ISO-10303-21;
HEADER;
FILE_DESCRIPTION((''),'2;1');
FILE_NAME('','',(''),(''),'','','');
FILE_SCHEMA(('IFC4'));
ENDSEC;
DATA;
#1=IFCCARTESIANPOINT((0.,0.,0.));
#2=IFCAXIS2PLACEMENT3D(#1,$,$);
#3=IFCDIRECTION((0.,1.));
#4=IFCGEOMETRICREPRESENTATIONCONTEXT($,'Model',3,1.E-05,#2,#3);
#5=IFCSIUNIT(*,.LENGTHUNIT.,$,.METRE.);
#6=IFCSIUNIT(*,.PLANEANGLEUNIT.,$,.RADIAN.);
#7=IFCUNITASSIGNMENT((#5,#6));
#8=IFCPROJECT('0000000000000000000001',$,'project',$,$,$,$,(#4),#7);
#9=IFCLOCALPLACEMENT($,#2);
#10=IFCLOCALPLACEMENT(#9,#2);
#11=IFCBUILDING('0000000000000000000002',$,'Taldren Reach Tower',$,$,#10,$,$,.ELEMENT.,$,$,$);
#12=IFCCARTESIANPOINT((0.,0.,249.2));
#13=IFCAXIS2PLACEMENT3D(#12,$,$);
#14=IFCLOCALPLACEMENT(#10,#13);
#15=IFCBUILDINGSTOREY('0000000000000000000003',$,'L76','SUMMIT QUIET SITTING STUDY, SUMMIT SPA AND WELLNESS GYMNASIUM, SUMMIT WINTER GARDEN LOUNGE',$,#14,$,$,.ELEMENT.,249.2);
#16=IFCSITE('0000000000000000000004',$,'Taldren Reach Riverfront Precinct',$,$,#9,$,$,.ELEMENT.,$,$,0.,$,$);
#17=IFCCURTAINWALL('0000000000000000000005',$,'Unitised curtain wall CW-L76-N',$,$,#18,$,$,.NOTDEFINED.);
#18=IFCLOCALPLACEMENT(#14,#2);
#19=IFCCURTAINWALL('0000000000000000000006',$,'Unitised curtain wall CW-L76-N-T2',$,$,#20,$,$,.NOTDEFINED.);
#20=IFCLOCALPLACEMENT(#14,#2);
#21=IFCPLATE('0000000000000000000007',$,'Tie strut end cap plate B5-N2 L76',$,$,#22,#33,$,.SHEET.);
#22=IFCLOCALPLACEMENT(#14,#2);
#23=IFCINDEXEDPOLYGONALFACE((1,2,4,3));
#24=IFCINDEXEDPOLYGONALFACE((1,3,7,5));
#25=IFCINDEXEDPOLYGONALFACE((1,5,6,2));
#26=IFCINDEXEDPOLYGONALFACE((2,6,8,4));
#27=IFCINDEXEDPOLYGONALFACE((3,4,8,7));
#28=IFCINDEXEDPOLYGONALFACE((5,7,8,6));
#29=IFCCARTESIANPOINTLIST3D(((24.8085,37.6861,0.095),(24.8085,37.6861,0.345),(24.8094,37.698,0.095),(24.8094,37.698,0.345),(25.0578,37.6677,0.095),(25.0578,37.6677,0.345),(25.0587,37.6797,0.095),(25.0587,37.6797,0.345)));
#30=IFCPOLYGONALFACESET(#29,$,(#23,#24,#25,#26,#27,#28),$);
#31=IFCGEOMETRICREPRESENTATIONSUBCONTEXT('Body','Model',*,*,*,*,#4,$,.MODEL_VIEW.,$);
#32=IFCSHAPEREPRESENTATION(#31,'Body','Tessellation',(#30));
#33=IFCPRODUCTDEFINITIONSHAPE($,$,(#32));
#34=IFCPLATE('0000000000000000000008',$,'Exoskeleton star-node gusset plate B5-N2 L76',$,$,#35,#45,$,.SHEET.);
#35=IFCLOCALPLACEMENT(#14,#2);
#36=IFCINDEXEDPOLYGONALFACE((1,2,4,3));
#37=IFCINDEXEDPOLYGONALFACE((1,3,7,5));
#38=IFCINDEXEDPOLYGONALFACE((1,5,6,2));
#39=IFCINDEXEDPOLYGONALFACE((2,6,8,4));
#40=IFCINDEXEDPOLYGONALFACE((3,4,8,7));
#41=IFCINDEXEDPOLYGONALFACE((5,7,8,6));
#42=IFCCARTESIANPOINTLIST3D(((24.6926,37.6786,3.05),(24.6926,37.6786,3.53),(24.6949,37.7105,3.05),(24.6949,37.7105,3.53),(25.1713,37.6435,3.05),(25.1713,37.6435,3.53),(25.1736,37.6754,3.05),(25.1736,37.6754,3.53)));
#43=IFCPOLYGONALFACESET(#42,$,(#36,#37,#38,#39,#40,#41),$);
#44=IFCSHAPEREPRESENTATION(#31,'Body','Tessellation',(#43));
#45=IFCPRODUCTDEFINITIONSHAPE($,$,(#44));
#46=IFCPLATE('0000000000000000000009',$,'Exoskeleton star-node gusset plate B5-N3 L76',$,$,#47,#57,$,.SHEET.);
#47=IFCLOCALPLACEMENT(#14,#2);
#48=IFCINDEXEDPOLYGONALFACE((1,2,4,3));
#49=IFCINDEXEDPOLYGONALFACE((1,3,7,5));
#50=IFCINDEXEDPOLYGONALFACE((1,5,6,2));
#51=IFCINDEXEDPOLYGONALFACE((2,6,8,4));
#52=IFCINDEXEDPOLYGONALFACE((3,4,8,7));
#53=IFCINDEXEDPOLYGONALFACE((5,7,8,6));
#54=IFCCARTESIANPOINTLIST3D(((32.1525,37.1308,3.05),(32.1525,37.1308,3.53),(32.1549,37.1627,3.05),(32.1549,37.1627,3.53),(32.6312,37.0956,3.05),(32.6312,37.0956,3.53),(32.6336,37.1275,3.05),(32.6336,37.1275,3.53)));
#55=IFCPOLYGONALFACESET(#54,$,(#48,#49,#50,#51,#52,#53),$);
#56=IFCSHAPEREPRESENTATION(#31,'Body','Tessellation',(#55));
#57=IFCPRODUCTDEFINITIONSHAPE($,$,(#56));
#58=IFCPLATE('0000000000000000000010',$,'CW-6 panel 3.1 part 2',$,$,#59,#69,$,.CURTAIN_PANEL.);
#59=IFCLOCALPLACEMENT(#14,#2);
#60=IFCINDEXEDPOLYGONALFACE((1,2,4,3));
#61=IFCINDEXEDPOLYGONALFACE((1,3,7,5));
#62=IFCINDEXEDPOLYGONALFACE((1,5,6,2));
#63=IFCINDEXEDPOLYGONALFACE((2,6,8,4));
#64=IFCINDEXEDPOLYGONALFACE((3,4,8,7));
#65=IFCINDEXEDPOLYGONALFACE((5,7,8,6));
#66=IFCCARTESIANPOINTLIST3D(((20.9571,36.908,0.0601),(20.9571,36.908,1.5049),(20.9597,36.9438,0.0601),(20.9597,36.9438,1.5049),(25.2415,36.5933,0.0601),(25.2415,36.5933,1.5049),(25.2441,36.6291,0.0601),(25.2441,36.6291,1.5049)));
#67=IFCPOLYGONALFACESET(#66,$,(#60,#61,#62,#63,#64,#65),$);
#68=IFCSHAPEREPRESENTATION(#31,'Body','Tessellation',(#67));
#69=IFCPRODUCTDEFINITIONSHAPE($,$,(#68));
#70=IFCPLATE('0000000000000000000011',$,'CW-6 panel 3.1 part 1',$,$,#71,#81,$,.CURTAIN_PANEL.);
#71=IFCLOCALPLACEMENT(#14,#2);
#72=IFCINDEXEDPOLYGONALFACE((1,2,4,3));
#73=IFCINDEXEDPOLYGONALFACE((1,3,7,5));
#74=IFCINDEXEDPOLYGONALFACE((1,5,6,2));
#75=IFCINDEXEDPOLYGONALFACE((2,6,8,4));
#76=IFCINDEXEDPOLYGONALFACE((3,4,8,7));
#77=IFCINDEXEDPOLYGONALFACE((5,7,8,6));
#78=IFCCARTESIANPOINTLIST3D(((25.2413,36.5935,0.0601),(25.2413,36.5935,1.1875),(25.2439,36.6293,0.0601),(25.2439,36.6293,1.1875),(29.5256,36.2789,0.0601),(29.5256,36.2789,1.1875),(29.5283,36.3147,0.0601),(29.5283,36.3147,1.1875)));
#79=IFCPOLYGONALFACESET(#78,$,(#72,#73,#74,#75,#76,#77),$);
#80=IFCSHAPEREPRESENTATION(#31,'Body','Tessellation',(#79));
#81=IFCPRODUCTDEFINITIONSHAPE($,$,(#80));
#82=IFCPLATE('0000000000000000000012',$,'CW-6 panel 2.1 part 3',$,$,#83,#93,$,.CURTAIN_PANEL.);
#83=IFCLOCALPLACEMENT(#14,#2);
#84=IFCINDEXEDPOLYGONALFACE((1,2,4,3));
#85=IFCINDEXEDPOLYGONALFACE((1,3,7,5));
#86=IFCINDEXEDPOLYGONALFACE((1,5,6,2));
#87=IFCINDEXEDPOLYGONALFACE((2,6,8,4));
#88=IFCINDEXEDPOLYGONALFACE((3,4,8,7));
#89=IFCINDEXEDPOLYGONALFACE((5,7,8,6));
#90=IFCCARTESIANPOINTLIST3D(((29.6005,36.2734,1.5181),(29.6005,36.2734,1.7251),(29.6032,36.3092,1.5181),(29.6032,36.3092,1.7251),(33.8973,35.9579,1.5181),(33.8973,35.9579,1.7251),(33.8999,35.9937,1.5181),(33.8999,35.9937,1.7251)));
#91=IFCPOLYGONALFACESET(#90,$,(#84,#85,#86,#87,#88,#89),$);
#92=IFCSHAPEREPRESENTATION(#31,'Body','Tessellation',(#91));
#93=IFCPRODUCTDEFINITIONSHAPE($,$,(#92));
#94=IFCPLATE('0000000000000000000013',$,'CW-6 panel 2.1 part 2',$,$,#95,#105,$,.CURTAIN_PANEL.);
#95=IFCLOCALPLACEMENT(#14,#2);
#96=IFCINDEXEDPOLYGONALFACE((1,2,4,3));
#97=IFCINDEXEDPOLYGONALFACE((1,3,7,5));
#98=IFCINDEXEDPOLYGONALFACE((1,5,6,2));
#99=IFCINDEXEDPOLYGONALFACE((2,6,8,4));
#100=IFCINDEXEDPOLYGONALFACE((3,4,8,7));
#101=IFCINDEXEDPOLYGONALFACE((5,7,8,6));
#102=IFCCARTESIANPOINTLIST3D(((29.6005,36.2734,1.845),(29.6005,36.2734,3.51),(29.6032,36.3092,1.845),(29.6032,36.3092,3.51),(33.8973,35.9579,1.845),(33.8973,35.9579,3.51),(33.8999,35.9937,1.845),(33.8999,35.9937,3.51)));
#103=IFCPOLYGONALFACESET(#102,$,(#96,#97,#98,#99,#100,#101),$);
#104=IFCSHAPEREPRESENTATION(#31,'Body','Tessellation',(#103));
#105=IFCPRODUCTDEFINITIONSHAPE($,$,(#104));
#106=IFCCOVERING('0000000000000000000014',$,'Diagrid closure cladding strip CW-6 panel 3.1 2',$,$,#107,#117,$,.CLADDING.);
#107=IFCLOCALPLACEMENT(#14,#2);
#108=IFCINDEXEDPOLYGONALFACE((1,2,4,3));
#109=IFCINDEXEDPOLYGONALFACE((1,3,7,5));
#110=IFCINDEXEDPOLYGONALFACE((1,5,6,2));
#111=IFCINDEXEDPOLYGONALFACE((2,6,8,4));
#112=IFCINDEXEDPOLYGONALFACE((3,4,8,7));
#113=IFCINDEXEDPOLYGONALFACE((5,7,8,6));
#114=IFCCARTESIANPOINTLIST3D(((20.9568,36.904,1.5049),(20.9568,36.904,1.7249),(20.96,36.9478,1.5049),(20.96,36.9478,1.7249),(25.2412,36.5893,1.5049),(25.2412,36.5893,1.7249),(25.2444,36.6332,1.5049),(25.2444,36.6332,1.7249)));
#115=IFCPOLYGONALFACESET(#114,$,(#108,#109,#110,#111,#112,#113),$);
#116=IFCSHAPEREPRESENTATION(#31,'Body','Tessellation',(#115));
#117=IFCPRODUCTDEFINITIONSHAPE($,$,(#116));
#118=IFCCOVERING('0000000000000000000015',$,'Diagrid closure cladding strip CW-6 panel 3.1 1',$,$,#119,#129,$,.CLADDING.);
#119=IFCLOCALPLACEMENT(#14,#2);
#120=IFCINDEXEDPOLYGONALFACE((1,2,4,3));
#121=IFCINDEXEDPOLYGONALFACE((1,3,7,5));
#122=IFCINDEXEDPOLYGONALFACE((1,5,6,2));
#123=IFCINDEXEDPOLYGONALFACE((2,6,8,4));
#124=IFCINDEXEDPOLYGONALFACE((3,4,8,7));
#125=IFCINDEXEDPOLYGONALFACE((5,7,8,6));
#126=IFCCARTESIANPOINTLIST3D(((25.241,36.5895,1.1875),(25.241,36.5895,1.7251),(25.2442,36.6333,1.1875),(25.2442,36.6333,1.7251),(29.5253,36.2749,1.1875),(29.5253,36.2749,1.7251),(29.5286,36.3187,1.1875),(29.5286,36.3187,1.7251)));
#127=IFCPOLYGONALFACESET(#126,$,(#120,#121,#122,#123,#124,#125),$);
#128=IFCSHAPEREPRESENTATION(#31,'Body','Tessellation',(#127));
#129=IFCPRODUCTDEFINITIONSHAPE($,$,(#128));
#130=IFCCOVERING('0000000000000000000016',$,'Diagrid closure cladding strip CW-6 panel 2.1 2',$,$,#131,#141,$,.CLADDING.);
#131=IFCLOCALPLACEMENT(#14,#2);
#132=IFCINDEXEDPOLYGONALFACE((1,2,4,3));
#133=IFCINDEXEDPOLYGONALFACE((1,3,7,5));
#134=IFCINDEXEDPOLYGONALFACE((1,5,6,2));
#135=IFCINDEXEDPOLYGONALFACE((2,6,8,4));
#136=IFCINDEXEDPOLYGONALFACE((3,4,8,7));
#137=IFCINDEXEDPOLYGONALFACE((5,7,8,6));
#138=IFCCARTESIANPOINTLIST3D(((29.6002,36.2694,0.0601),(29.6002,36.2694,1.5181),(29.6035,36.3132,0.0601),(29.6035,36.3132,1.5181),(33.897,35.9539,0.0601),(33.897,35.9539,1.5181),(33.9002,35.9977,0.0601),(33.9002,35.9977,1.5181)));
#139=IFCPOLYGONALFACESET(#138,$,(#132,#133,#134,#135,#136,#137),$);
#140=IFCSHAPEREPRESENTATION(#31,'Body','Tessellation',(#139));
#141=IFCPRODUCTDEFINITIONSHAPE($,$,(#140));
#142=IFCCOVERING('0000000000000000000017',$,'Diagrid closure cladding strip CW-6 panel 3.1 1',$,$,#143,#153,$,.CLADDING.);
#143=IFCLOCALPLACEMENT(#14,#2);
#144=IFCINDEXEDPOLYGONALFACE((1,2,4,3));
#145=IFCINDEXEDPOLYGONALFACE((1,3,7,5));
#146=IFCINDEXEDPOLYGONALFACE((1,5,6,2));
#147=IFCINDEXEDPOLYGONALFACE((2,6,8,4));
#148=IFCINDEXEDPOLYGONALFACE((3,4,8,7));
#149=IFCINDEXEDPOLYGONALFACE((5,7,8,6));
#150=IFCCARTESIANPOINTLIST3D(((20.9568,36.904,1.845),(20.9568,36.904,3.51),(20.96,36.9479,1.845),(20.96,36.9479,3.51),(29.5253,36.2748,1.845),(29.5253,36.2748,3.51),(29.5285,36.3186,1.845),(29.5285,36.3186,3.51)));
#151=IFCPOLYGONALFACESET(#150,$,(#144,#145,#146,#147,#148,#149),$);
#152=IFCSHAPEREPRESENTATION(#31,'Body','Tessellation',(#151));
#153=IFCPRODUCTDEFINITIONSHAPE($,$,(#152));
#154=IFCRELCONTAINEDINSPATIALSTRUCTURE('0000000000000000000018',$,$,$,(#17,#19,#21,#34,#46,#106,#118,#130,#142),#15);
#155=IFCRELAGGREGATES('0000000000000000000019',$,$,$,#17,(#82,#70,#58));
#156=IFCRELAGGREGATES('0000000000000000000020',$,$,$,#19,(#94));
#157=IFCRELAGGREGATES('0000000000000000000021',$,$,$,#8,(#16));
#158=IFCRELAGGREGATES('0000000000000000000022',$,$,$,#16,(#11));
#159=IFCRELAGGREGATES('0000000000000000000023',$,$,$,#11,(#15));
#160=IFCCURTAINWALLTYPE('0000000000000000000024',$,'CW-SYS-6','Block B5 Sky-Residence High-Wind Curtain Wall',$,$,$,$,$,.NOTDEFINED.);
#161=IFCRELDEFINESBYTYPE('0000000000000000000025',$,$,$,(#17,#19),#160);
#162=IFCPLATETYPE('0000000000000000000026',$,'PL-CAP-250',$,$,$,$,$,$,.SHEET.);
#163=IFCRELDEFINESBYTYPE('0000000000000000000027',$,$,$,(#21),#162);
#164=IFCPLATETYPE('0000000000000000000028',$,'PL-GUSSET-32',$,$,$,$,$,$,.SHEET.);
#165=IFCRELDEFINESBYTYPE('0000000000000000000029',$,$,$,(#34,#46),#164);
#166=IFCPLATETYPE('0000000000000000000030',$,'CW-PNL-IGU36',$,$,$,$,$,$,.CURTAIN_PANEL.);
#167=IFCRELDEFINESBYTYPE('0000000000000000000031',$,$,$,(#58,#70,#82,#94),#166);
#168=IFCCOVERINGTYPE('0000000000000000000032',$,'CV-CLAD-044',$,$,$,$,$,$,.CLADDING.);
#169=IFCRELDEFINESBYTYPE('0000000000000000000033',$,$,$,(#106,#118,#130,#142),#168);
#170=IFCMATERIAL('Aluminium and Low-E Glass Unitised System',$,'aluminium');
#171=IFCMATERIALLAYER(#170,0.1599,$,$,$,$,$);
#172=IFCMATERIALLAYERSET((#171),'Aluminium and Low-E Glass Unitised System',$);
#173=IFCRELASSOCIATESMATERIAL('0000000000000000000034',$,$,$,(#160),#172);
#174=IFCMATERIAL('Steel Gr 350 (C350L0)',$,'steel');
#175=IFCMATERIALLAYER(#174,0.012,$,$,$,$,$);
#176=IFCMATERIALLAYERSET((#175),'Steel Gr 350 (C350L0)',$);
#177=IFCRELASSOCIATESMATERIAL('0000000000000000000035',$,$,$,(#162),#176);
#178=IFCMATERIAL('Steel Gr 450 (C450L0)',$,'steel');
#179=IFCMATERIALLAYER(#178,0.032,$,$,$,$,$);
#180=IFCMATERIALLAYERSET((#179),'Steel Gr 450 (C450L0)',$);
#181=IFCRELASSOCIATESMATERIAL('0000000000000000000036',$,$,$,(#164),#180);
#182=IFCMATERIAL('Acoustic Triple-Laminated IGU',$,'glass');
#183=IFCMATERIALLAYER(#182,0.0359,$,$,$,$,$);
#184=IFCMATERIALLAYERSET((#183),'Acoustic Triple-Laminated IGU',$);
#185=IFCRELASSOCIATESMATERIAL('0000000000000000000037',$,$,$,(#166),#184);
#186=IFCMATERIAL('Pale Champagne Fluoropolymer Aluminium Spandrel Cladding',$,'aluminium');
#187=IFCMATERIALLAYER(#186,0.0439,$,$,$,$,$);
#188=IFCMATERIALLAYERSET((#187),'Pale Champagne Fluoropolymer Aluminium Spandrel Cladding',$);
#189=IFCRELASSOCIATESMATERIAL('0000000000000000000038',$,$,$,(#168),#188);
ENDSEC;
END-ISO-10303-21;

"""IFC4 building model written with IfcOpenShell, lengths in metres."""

from ifc_helpers import new_model, si_unit, direction, frame, origin, origin_2d, place, context, subcontext, project, spatial, rectangle, extrude, source, transform, mapped, material, layer, layer_set, type_object, element, aggregate, save


model = new_model("IFC4")

# Units and contexts
model_context = context("Model", 3, precision=1e-05, world=origin(), true_north=direction((0.0, 1.0)))
body_context = subcontext(model_context, "Body", "Model", "MODEL_VIEW")
ifc_project = project(units=[si_unit("LENGTHUNIT", "METRE"), si_unit("PLANEANGLEUNIT", "RADIAN")], contexts=[model_context])

# Site, building, storey
site_placement = place(None, origin())
site = spatial("IfcSite", under=ifc_project, at=site_placement, Name="Taldren Reach Riverfront Precinct", CompositionType="ELEMENT", RefElevation=0.0)
building_placement = place(site_placement, origin())
building = spatial("IfcBuilding", under=site, at=building_placement, Name="Taldren Reach Tower", CompositionType="ELEMENT")
storey_placement = place(building_placement, frame((0.0, 0.0, 249.2)))
storey = spatial("IfcBuildingStorey", under=building, at=storey_placement, Name="L76", Description="SUMMIT QUIET SITTING STUDY, SUMMIT SPA AND WELLNESS GYMNASIUM, SUMMIT WINTER GARDEN LOUNGE", CompositionType="ELEMENT", Elevation=249.2)

# Shared definitions
ifc_material_1 = material(Name="Steel Gr 350 (C350L0)", Category="steel")

# Shared definitions
ifc_material_2 = material(Name="Steel Gr 450 (C450L0)", Category="steel")

# Curtain walls
ifc_material_3 = material(Name="Aluminium and Low-E Glass Unitised System", Category="aluminium")
ifc_layer_1 = layer(ifc_material_3, 0.1599)
ifc_layer_set_1 = layer_set([ifc_layer_1], Name="Aluminium and Low-E Glass Unitised System")
curtain_wall_type = type_object("IfcCurtainWallType", Name="CW-SYS-6", Description="Block B5 Sky-Residence High-Wind Curtain Wall", PredefinedType="NOTDEFINED", material=ifc_layer_set_1)
curtain_wall_1_placement = place(storey_placement, origin())
curtain_wall_1 = element("IfcCurtainWall", 1, at=curtain_wall_1_placement, inside=storey, type_object=curtain_wall_type, Name="Unitised curtain wall CW-L76-N", PredefinedType="NOTDEFINED")
curtain_wall_2_placement = place(storey_placement, origin())
curtain_wall_2 = element("IfcCurtainWall", 2, at=curtain_wall_2_placement, inside=storey, type_object=curtain_wall_type, Name="Unitised curtain wall CW-L76-N-T2", PredefinedType="NOTDEFINED")

# Plates
ifc_layer_2 = layer(ifc_material_1, 0.012)
ifc_layer_set_2 = layer_set([ifc_layer_2], Name="Steel Gr 350 (C350L0)")
plate_type_1 = type_object("IfcPlateType", Name="PL-CAP-250", PredefinedType="SHEET", material=ifc_layer_set_2)
shared_shape_1 = source(origin(), body_context, "Body", "SweptSolid", [
    extrude(rectangle(XDim=0.25, YDim=0.012, at=origin_2d()), origin(), (0.0, 0.0, 1.0), 0.25),
])
plate_1_placement = place(storey_placement, frame((24.9336, 37.6829, 0.095), z_axis=(0.0, 0.0, 1.0), x_axis=(0.997314, -0.073238, 0.0)))
element("IfcPlate", 3, at=plate_1_placement, inside=storey, type_object=plate_type_1, Name="Tie strut end cap plate B5-N2 L76", PredefinedType="SHEET", context=body_context, shape_type="MappedRepresentation", body=[
    mapped(shared_shape_1, transform((0.0, 0.0, 0.0), scale=1.0)),
])
ifc_layer_3 = layer(ifc_material_2, 0.032)
ifc_layer_set_3 = layer_set([ifc_layer_3], Name="Steel Gr 450 (C450L0)")
plate_type_2 = type_object("IfcPlateType", Name="PL-GUSSET-32", PredefinedType="SHEET", material=ifc_layer_set_3)
shared_shape_2 = source(origin(), body_context, "Body", "SweptSolid", [
    extrude(rectangle(XDim=0.48, YDim=0.032, at=origin_2d()), origin(), (0.0, 0.0, 1.0), 0.48),
])
for number, where, z_axis, x_axis, name in (
    (4, (24.9331, 37.677, 3.05), (0.0, 0.0, 1.0), (0.997314, -0.073238, 0.0), "Exoskeleton star-node gusset plate B5-N2 L76"),
    (5, (32.3931, 37.1292, 3.05), (0.0, 0.0, 1.0), (0.997314, -0.073238, 0.0), "Exoskeleton star-node gusset plate B5-N3 L76"),
):
    element("IfcPlate", number, at=place(storey_placement, frame(where, z_axis=z_axis, x_axis=x_axis)), inside=storey, type_object=plate_type_2, Name=name, PredefinedType="SHEET", context=body_context, shape_type="MappedRepresentation", body=[
        mapped(shared_shape_2, transform((0.0, 0.0, 0.0), scale=1.0)),
    ])

# Plates
ifc_material_4 = material(Name="Acoustic Triple-Laminated IGU", Category="glass")
ifc_layer_4 = layer(ifc_material_4, 0.0359)
ifc_layer_set_4 = layer_set([ifc_layer_4], Name="Acoustic Triple-Laminated IGU")
plate_type_3 = type_object("IfcPlateType", Name="CW-PNL-IGU36", PredefinedType="CURTAIN_PANEL", material=ifc_layer_set_4)
shared_shape_3 = source(origin(), body_context, "Body", "SweptSolid", [
    extrude(rectangle(XDim=4.2959, YDim=0.0359, at=origin_2d()), origin(), (0.0, 0.0, 1.0), 1.4448),
])
plate_2_placement = place(storey_placement, frame((23.1006, 36.7686, 0.0601), z_axis=(0.0, 0.0, 1.0), x_axis=(-0.997314, 0.073238, 0.0)))
plate_2 = element("IfcPlate", 6, at=plate_2_placement, type_object=plate_type_3, Name="CW-6 panel 3.1 part 2", PredefinedType="CURTAIN_PANEL", context=body_context, shape_type="MappedRepresentation", body=[
    mapped(shared_shape_3, transform((0.0, 0.0, 0.0), scale=1.0)),
])
shared_shape_4 = source(origin(), body_context, "Body", "SweptSolid", [
    extrude(rectangle(XDim=4.2959, YDim=0.0359, at=origin_2d()), origin(), (0.0, 0.0, 1.0), 1.1274),
])
plate_3_placement = place(storey_placement, frame((27.3848, 36.4541, 0.0601), z_axis=(0.0, 0.0, 1.0), x_axis=(-0.997314, 0.073238, 0.0)))
plate_3 = element("IfcPlate", 7, at=plate_3_placement, type_object=plate_type_3, Name="CW-6 panel 3.1 part 1", PredefinedType="CURTAIN_PANEL", context=body_context, shape_type="MappedRepresentation", body=[
    mapped(shared_shape_4, transform((0.0, 0.0, 0.0), scale=1.0)),
])
shared_shape_5 = source(origin(), body_context, "Body", "SweptSolid", [
    extrude(rectangle(XDim=4.3083, YDim=0.0359, at=origin_2d()), origin(), (0.0, 0.0, 1.0), 0.207),
])
plate_4_placement = place(storey_placement, frame((31.7502, 36.1335, 1.5181), z_axis=(0.0, 0.0, 1.0), x_axis=(-0.997314, 0.073238, 0.0)))
plate_4 = element("IfcPlate", 8, at=plate_4_placement, type_object=plate_type_3, Name="CW-6 panel 2.1 part 3", PredefinedType="CURTAIN_PANEL", context=body_context, shape_type="MappedRepresentation", body=[
    mapped(shared_shape_5, transform((0.0, 0.0, 0.0), scale=1.0)),
])
aggregate(curtain_wall_1, [plate_4, plate_3, plate_2])
shared_shape_6 = source(origin(), body_context, "Body", "SweptSolid", [
    extrude(rectangle(XDim=4.3083, YDim=0.0359, at=origin_2d()), origin(), (0.0, 0.0, 1.0), 1.665),
])
plate_5_placement = place(storey_placement, frame((31.7502, 36.1335, 1.845), z_axis=(0.0, 0.0, 1.0), x_axis=(-0.997314, 0.073238, 0.0)))
plate_5 = element("IfcPlate", 9, at=plate_5_placement, type_object=plate_type_3, Name="CW-6 panel 2.1 part 2", PredefinedType="CURTAIN_PANEL", context=body_context, shape_type="MappedRepresentation", body=[
    mapped(shared_shape_6, transform((0.0, 0.0, 0.0), scale=1.0)),
])
aggregate(curtain_wall_2, [plate_5])

# Coverings
ifc_material_5 = material(Name="Pale Champagne Fluoropolymer Aluminium Spandrel Cladding", Category="aluminium")
ifc_layer_5 = layer(ifc_material_5, 0.0439)
ifc_layer_set_5 = layer_set([ifc_layer_5], Name="Pale Champagne Fluoropolymer Aluminium Spandrel Cladding")
covering_type = type_object("IfcCoveringType", Name="CV-CLAD-044", PredefinedType="CLADDING", material=ifc_layer_set_5)
shared_shape_7 = source(origin(), body_context, "Body", "SweptSolid", [
    extrude(rectangle(XDim=4.2959, YDim=0.0439, at=origin_2d()), origin(), (0.0, 0.0, 1.0), 0.22),
])
covering_1_placement = place(storey_placement, frame((23.1006, 36.7686, 1.5049), z_axis=(0.0, 0.0, 1.0), x_axis=(-0.997314, 0.073238, 0.0)))
element("IfcCovering", 10, at=covering_1_placement, inside=storey, type_object=covering_type, Name="Diagrid closure cladding strip CW-6 panel 3.1 2", PredefinedType="CLADDING", context=body_context, shape_type="MappedRepresentation", body=[
    mapped(shared_shape_7, transform((0.0, 0.0, 0.0), scale=1.0)),
])
shared_shape_8 = source(origin(), body_context, "Body", "SweptSolid", [
    extrude(rectangle(XDim=4.2959, YDim=0.0439, at=origin_2d()), origin(), (0.0, 0.0, 1.0), 0.5376),
])
covering_2_placement = place(storey_placement, frame((27.3848, 36.4541, 1.1875), z_axis=(0.0, 0.0, 1.0), x_axis=(-0.997314, 0.073238, 0.0)))
element("IfcCovering", 11, at=covering_2_placement, inside=storey, type_object=covering_type, Name="Diagrid closure cladding strip CW-6 panel 3.1 1", PredefinedType="CLADDING", context=body_context, shape_type="MappedRepresentation", body=[
    mapped(shared_shape_8, transform((0.0, 0.0, 0.0), scale=1.0)),
])
shared_shape_9 = source(origin(), body_context, "Body", "SweptSolid", [
    extrude(rectangle(XDim=4.3083, YDim=0.0439, at=origin_2d()), origin(), (0.0, 0.0, 1.0), 1.458),
])
covering_3_placement = place(storey_placement, frame((31.7502, 36.1335, 0.0601), z_axis=(0.0, 0.0, 1.0), x_axis=(-0.997314, 0.073238, 0.0)))
element("IfcCovering", 12, at=covering_3_placement, inside=storey, type_object=covering_type, Name="Diagrid closure cladding strip CW-6 panel 2.1 2", PredefinedType="CLADDING", context=body_context, shape_type="MappedRepresentation", body=[
    mapped(shared_shape_9, transform((0.0, 0.0, 0.0), scale=1.0)),
])
shared_shape_10 = source(origin(), body_context, "Body", "SweptSolid", [
    extrude(rectangle(XDim=8.5916, YDim=0.0439, at=origin_2d()), origin(), (0.0, 0.0, 1.0), 1.665),
])
covering_4_placement = place(storey_placement, frame((25.2427, 36.6113, 1.845), z_axis=(0.0, 0.0, 1.0), x_axis=(-0.997314, 0.073238, 0.0)))
element("IfcCovering", 13, at=covering_4_placement, inside=storey, type_object=covering_type, Name="Diagrid closure cladding strip CW-6 panel 3.1 1", PredefinedType="CLADDING", context=body_context, shape_type="MappedRepresentation", body=[
    mapped(shared_shape_10, transform((0.0, 0.0, 0.0), scale=1.0)),
])

save(model, "model.ifc")
